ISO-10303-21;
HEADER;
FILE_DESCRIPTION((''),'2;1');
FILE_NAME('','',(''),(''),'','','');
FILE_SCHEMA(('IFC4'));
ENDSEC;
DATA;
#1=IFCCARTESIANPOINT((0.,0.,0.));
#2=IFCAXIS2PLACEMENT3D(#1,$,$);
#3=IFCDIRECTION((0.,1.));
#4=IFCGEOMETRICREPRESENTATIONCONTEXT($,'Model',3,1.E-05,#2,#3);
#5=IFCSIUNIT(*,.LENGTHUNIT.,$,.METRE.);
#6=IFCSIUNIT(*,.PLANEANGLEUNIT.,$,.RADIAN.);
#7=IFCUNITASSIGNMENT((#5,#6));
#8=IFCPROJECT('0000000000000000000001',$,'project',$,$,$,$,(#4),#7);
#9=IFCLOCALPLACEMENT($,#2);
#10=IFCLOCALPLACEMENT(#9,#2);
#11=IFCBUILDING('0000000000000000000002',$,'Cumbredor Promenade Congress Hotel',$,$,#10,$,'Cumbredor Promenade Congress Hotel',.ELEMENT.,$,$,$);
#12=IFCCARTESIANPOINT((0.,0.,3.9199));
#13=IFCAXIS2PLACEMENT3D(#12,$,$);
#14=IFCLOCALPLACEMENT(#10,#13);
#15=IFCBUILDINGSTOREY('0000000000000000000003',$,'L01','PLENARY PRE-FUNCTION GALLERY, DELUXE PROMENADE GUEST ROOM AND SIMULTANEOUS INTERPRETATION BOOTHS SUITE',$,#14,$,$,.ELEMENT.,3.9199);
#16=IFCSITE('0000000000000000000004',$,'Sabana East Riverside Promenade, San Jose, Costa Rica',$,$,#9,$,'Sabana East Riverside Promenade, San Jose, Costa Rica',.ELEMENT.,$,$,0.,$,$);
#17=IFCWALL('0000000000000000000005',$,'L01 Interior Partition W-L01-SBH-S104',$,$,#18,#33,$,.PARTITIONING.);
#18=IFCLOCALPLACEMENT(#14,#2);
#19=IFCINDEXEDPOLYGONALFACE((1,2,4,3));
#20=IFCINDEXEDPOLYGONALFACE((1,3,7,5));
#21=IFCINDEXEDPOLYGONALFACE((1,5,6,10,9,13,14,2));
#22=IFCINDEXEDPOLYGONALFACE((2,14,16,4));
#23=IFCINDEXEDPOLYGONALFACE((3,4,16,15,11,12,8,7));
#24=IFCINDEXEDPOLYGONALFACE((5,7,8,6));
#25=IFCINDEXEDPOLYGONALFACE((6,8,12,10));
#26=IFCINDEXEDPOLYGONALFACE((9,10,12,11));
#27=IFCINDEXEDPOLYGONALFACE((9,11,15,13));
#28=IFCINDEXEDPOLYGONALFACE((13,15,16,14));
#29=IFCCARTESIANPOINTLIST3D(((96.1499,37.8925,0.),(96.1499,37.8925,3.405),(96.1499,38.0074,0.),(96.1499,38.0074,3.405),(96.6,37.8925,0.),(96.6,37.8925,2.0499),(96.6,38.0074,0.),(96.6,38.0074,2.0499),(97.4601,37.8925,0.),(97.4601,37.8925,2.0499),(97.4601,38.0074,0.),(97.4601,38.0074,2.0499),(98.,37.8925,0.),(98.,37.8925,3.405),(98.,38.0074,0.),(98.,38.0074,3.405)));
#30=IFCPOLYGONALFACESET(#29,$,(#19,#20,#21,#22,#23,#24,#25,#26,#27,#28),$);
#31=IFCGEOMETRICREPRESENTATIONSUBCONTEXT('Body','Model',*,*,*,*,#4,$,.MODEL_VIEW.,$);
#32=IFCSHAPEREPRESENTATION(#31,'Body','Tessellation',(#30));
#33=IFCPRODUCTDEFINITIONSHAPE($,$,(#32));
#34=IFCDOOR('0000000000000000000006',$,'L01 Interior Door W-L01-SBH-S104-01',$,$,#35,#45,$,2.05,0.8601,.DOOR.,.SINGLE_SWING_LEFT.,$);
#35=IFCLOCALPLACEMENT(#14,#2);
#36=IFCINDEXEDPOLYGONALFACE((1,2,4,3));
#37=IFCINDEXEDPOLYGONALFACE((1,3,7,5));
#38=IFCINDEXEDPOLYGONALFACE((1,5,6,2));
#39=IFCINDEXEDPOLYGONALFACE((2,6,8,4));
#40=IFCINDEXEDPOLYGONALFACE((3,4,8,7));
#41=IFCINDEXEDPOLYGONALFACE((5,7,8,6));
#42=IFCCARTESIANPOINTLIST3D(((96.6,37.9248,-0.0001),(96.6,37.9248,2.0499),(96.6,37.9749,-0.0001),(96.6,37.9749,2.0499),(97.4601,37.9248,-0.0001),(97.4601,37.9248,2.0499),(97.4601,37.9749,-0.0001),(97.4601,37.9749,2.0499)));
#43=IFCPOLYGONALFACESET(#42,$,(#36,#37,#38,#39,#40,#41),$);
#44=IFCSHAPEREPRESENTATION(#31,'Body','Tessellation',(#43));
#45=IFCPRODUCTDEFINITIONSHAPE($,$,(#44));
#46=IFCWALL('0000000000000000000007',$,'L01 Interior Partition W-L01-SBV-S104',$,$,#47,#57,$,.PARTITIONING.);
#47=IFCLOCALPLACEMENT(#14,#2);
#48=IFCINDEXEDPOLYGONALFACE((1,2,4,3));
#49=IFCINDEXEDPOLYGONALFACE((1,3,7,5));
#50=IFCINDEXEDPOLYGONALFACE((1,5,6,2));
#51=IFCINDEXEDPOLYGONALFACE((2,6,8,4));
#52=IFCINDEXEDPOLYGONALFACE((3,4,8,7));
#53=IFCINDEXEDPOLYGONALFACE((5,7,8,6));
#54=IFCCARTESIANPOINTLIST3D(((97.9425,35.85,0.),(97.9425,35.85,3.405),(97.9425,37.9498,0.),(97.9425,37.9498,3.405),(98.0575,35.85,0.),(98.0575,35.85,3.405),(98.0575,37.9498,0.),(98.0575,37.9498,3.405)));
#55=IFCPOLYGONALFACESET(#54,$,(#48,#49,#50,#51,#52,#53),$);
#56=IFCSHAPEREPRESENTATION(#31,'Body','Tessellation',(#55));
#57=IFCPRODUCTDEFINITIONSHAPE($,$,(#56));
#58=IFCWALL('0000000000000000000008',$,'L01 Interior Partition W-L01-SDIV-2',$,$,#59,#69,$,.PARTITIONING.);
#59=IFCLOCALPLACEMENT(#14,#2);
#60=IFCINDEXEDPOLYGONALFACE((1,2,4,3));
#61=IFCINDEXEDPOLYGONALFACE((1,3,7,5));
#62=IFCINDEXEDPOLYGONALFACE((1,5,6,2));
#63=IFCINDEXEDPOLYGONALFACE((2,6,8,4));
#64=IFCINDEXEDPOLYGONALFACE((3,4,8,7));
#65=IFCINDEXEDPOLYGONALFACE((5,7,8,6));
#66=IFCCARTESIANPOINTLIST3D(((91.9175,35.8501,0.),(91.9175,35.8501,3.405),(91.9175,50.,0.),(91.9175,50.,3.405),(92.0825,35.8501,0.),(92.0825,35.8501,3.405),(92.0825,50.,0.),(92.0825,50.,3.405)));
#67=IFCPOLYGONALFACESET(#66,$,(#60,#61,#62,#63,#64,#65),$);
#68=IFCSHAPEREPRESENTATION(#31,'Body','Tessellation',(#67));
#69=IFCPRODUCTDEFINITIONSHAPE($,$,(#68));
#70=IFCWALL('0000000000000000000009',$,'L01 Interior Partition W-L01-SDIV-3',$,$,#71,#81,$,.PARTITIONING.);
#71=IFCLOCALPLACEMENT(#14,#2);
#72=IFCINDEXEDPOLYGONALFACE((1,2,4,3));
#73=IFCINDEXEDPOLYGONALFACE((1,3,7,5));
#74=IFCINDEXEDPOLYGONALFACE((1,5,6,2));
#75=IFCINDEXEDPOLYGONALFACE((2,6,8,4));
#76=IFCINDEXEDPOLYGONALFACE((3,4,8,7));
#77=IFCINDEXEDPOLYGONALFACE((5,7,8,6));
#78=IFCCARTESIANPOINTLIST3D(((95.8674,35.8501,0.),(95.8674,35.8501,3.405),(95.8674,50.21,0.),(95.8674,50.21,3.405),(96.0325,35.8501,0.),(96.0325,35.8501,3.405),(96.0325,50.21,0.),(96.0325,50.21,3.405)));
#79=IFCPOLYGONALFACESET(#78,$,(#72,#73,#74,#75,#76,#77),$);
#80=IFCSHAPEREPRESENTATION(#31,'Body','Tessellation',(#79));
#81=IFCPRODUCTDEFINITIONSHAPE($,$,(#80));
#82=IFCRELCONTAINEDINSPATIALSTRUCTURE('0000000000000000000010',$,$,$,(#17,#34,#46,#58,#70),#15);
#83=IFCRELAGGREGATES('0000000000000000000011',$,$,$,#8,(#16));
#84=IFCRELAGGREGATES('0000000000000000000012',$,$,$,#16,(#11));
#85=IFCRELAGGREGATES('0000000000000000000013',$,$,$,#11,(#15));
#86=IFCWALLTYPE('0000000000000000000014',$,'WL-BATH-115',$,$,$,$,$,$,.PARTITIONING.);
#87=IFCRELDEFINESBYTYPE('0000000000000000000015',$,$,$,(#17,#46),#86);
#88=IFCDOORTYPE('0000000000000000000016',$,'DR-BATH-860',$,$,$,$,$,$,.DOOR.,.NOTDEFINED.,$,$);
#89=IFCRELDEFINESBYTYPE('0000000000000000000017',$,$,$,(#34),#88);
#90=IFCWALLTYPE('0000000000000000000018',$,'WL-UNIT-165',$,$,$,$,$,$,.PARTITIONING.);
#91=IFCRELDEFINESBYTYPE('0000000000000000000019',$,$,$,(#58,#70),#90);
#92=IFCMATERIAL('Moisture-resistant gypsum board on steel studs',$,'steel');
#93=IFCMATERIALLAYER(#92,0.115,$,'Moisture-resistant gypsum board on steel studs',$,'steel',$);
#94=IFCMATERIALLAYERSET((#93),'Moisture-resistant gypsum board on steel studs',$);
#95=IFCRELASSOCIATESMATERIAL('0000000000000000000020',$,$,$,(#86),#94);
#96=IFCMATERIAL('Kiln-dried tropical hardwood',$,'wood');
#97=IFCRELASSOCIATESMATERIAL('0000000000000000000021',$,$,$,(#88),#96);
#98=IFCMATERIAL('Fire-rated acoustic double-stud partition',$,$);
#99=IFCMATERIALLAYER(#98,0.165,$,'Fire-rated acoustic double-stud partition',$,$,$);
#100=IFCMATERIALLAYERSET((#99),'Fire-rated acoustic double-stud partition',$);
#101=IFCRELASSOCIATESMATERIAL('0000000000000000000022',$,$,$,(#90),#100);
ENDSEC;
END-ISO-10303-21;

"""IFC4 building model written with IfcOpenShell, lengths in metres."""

from ifc_helpers import new_model, si_unit, direction, frame, frame_2d, origin, place, context, subcontext, project, spatial, rectangle, extrude, material, layer, layer_set, type_object, element, fill, save


model = new_model("IFC4")

# Units and contexts
model_context = context("Model", 3, precision=1e-05, world=origin(), true_north=direction((0.0, 1.0)))
body_context = subcontext(model_context, "Body", "Model", "MODEL_VIEW")
ifc_project = project(units=[si_unit("LENGTHUNIT", "METRE"), si_unit("PLANEANGLEUNIT", "RADIAN")], contexts=[model_context])

# Site, building, storey
site_placement = place(None, origin())
site = spatial("IfcSite", under=ifc_project, at=site_placement, Name="Sabana East Riverside Promenade, San Jose, Costa Rica", LongName="Sabana East Riverside Promenade, San Jose, Costa Rica", CompositionType="ELEMENT", RefElevation=0.0)
building_placement = place(site_placement, origin())
building = spatial("IfcBuilding", under=site, at=building_placement, Name="Cumbredor Promenade Congress Hotel", LongName="Cumbredor Promenade Congress Hotel", CompositionType="ELEMENT")
storey_placement = place(building_placement, frame((0.0, 0.0, 3.9199)))
storey = spatial("IfcBuildingStorey", under=building, at=storey_placement, Name="L01", Description="PLENARY PRE-FUNCTION GALLERY, DELUXE PROMENADE GUEST ROOM AND SIMULTANEOUS INTERPRETATION BOOTHS SUITE", CompositionType="ELEMENT", Elevation=3.9199)

# Shared definitions
ifc_material_1 = material(Name="Moisture-resistant gypsum board on steel studs", Category="steel")
ifc_layer_1 = layer(ifc_material_1, 0.115, Name="Moisture-resistant gypsum board on steel studs", Category="steel")
ifc_layer_set_1 = layer_set([ifc_layer_1], Name="Moisture-resistant gypsum board on steel studs")
wall_type_1 = type_object("IfcWallType", Name="WL-BATH-115", PredefinedType="PARTITIONING", material=ifc_layer_set_1)
ifc_material_2 = material(Name="Kiln-dried tropical hardwood", Category="wood")
door_type = type_object("IfcDoorType", Name="DR-BATH-860", OperationType="NOTDEFINED", PredefinedType="DOOR", material=ifc_material_2)

# Wall, opening, door
wall_1_placement = place(storey_placement, frame((96.1499, 37.95, 0.0), z_axis=(0.0, 0.0, 1.0), x_axis=(1.0, 0.0, 0.0)))
wall_1 = element("IfcWall", 1, at=wall_1_placement, inside=storey, type_object=wall_type_1, Name="L01 Interior Partition W-L01-SBH-S104", PredefinedType="PARTITIONING", context=body_context, shape_type="SweptSolid", body=[
    extrude(rectangle(XDim=1.8501, YDim=0.115, at=frame_2d((0.925, 0.0))), origin(), (0.0, 0.0, 1.0), 3.405),
])
opening_1_placement = place(wall_1_placement, frame((0.45, 0.0, 0.0)))
opening_1 = element("IfcOpeningElement", 2, at=opening_1_placement, cuts=wall_1, PredefinedType="OPENING", context=body_context, shape_type="SweptSolid", body=[
    extrude(rectangle(XDim=0.8601, YDim=2.05, at=frame_2d((0.4302, 1.0249))), frame((0.0, 0.0674, 0.0), z_axis=(0.0, -1.0, 0.0), x_axis=(1.0, 0.0, 0.0)), (0.0, 0.0, 1.0), 0.135),
])
door_1_placement = place(opening_1_placement, origin())
door_1 = element("IfcDoor", 3, at=door_1_placement, inside=storey, type_object=door_type, Name="L01 Interior Door W-L01-SBH-S104-01", OperationType="SINGLE_SWING_LEFT", OverallHeight=2.05, OverallWidth=0.8601, PredefinedType="DOOR", context=body_context, shape_type="SweptSolid", body=[
    extrude(rectangle(XDim=0.8601, YDim=2.05, at=frame_2d((0.4302, 1.0249))), frame((0.0, 0.0249, 0.0), z_axis=(0.0, -1.0, 0.0), x_axis=(1.0, 0.0, 0.0)), (0.0, 0.0, 1.0), 0.05),
])
fill(opening_1, door_1)

# Walls
wall_2_placement = place(storey_placement, frame((98.0, 35.8501, 0.0), z_axis=(0.0, 0.0, 1.0), x_axis=(0.0, 1.0, 0.0)))
element("IfcWall", 4, at=wall_2_placement, inside=storey, type_object=wall_type_1, Name="L01 Interior Partition W-L01-SBV-S104", PredefinedType="PARTITIONING", context=body_context, shape_type="SweptSolid", body=[
    extrude(rectangle(XDim=2.0999, YDim=0.115, at=frame_2d((1.0498, 0.0))), origin(), (0.0, 0.0, 1.0), 3.405),
])
ifc_material_3 = material(Name="Fire-rated acoustic double-stud partition")
ifc_layer_2 = layer(ifc_material_3, 0.165, Name="Fire-rated acoustic double-stud partition")
ifc_layer_set_2 = layer_set([ifc_layer_2], Name="Fire-rated acoustic double-stud partition")
wall_type_2 = type_object("IfcWallType", Name="WL-UNIT-165", PredefinedType="PARTITIONING", material=ifc_layer_set_2)
wall_3_placement = place(storey_placement, frame((92.0, 35.8501, 0.0), z_axis=(0.0, 0.0, 1.0), x_axis=(0.0, 1.0, 0.0)))
element("IfcWall", 5, at=wall_3_placement, inside=storey, type_object=wall_type_2, Name="L01 Interior Partition W-L01-SDIV-2", PredefinedType="PARTITIONING", context=body_context, shape_type="SweptSolid", body=[
    extrude(rectangle(XDim=14.1499, YDim=0.165, at=frame_2d((7.075, 0.0))), origin(), (0.0, 0.0, 1.0), 3.405),
])
wall_4_placement = place(storey_placement, frame((95.95, 35.8501, 0.0), z_axis=(0.0, 0.0, 1.0), x_axis=(0.0, 1.0, 0.0)))
element("IfcWall", 6, at=wall_4_placement, inside=storey, type_object=wall_type_2, Name="L01 Interior Partition W-L01-SDIV-3", PredefinedType="PARTITIONING", context=body_context, shape_type="SweptSolid", body=[
    extrude(rectangle(XDim=14.3599, YDim=0.165, at=frame_2d((7.1799, 0.0))), origin(), (0.0, 0.0, 1.0), 3.405),
])

save(model, "model.ifc")
